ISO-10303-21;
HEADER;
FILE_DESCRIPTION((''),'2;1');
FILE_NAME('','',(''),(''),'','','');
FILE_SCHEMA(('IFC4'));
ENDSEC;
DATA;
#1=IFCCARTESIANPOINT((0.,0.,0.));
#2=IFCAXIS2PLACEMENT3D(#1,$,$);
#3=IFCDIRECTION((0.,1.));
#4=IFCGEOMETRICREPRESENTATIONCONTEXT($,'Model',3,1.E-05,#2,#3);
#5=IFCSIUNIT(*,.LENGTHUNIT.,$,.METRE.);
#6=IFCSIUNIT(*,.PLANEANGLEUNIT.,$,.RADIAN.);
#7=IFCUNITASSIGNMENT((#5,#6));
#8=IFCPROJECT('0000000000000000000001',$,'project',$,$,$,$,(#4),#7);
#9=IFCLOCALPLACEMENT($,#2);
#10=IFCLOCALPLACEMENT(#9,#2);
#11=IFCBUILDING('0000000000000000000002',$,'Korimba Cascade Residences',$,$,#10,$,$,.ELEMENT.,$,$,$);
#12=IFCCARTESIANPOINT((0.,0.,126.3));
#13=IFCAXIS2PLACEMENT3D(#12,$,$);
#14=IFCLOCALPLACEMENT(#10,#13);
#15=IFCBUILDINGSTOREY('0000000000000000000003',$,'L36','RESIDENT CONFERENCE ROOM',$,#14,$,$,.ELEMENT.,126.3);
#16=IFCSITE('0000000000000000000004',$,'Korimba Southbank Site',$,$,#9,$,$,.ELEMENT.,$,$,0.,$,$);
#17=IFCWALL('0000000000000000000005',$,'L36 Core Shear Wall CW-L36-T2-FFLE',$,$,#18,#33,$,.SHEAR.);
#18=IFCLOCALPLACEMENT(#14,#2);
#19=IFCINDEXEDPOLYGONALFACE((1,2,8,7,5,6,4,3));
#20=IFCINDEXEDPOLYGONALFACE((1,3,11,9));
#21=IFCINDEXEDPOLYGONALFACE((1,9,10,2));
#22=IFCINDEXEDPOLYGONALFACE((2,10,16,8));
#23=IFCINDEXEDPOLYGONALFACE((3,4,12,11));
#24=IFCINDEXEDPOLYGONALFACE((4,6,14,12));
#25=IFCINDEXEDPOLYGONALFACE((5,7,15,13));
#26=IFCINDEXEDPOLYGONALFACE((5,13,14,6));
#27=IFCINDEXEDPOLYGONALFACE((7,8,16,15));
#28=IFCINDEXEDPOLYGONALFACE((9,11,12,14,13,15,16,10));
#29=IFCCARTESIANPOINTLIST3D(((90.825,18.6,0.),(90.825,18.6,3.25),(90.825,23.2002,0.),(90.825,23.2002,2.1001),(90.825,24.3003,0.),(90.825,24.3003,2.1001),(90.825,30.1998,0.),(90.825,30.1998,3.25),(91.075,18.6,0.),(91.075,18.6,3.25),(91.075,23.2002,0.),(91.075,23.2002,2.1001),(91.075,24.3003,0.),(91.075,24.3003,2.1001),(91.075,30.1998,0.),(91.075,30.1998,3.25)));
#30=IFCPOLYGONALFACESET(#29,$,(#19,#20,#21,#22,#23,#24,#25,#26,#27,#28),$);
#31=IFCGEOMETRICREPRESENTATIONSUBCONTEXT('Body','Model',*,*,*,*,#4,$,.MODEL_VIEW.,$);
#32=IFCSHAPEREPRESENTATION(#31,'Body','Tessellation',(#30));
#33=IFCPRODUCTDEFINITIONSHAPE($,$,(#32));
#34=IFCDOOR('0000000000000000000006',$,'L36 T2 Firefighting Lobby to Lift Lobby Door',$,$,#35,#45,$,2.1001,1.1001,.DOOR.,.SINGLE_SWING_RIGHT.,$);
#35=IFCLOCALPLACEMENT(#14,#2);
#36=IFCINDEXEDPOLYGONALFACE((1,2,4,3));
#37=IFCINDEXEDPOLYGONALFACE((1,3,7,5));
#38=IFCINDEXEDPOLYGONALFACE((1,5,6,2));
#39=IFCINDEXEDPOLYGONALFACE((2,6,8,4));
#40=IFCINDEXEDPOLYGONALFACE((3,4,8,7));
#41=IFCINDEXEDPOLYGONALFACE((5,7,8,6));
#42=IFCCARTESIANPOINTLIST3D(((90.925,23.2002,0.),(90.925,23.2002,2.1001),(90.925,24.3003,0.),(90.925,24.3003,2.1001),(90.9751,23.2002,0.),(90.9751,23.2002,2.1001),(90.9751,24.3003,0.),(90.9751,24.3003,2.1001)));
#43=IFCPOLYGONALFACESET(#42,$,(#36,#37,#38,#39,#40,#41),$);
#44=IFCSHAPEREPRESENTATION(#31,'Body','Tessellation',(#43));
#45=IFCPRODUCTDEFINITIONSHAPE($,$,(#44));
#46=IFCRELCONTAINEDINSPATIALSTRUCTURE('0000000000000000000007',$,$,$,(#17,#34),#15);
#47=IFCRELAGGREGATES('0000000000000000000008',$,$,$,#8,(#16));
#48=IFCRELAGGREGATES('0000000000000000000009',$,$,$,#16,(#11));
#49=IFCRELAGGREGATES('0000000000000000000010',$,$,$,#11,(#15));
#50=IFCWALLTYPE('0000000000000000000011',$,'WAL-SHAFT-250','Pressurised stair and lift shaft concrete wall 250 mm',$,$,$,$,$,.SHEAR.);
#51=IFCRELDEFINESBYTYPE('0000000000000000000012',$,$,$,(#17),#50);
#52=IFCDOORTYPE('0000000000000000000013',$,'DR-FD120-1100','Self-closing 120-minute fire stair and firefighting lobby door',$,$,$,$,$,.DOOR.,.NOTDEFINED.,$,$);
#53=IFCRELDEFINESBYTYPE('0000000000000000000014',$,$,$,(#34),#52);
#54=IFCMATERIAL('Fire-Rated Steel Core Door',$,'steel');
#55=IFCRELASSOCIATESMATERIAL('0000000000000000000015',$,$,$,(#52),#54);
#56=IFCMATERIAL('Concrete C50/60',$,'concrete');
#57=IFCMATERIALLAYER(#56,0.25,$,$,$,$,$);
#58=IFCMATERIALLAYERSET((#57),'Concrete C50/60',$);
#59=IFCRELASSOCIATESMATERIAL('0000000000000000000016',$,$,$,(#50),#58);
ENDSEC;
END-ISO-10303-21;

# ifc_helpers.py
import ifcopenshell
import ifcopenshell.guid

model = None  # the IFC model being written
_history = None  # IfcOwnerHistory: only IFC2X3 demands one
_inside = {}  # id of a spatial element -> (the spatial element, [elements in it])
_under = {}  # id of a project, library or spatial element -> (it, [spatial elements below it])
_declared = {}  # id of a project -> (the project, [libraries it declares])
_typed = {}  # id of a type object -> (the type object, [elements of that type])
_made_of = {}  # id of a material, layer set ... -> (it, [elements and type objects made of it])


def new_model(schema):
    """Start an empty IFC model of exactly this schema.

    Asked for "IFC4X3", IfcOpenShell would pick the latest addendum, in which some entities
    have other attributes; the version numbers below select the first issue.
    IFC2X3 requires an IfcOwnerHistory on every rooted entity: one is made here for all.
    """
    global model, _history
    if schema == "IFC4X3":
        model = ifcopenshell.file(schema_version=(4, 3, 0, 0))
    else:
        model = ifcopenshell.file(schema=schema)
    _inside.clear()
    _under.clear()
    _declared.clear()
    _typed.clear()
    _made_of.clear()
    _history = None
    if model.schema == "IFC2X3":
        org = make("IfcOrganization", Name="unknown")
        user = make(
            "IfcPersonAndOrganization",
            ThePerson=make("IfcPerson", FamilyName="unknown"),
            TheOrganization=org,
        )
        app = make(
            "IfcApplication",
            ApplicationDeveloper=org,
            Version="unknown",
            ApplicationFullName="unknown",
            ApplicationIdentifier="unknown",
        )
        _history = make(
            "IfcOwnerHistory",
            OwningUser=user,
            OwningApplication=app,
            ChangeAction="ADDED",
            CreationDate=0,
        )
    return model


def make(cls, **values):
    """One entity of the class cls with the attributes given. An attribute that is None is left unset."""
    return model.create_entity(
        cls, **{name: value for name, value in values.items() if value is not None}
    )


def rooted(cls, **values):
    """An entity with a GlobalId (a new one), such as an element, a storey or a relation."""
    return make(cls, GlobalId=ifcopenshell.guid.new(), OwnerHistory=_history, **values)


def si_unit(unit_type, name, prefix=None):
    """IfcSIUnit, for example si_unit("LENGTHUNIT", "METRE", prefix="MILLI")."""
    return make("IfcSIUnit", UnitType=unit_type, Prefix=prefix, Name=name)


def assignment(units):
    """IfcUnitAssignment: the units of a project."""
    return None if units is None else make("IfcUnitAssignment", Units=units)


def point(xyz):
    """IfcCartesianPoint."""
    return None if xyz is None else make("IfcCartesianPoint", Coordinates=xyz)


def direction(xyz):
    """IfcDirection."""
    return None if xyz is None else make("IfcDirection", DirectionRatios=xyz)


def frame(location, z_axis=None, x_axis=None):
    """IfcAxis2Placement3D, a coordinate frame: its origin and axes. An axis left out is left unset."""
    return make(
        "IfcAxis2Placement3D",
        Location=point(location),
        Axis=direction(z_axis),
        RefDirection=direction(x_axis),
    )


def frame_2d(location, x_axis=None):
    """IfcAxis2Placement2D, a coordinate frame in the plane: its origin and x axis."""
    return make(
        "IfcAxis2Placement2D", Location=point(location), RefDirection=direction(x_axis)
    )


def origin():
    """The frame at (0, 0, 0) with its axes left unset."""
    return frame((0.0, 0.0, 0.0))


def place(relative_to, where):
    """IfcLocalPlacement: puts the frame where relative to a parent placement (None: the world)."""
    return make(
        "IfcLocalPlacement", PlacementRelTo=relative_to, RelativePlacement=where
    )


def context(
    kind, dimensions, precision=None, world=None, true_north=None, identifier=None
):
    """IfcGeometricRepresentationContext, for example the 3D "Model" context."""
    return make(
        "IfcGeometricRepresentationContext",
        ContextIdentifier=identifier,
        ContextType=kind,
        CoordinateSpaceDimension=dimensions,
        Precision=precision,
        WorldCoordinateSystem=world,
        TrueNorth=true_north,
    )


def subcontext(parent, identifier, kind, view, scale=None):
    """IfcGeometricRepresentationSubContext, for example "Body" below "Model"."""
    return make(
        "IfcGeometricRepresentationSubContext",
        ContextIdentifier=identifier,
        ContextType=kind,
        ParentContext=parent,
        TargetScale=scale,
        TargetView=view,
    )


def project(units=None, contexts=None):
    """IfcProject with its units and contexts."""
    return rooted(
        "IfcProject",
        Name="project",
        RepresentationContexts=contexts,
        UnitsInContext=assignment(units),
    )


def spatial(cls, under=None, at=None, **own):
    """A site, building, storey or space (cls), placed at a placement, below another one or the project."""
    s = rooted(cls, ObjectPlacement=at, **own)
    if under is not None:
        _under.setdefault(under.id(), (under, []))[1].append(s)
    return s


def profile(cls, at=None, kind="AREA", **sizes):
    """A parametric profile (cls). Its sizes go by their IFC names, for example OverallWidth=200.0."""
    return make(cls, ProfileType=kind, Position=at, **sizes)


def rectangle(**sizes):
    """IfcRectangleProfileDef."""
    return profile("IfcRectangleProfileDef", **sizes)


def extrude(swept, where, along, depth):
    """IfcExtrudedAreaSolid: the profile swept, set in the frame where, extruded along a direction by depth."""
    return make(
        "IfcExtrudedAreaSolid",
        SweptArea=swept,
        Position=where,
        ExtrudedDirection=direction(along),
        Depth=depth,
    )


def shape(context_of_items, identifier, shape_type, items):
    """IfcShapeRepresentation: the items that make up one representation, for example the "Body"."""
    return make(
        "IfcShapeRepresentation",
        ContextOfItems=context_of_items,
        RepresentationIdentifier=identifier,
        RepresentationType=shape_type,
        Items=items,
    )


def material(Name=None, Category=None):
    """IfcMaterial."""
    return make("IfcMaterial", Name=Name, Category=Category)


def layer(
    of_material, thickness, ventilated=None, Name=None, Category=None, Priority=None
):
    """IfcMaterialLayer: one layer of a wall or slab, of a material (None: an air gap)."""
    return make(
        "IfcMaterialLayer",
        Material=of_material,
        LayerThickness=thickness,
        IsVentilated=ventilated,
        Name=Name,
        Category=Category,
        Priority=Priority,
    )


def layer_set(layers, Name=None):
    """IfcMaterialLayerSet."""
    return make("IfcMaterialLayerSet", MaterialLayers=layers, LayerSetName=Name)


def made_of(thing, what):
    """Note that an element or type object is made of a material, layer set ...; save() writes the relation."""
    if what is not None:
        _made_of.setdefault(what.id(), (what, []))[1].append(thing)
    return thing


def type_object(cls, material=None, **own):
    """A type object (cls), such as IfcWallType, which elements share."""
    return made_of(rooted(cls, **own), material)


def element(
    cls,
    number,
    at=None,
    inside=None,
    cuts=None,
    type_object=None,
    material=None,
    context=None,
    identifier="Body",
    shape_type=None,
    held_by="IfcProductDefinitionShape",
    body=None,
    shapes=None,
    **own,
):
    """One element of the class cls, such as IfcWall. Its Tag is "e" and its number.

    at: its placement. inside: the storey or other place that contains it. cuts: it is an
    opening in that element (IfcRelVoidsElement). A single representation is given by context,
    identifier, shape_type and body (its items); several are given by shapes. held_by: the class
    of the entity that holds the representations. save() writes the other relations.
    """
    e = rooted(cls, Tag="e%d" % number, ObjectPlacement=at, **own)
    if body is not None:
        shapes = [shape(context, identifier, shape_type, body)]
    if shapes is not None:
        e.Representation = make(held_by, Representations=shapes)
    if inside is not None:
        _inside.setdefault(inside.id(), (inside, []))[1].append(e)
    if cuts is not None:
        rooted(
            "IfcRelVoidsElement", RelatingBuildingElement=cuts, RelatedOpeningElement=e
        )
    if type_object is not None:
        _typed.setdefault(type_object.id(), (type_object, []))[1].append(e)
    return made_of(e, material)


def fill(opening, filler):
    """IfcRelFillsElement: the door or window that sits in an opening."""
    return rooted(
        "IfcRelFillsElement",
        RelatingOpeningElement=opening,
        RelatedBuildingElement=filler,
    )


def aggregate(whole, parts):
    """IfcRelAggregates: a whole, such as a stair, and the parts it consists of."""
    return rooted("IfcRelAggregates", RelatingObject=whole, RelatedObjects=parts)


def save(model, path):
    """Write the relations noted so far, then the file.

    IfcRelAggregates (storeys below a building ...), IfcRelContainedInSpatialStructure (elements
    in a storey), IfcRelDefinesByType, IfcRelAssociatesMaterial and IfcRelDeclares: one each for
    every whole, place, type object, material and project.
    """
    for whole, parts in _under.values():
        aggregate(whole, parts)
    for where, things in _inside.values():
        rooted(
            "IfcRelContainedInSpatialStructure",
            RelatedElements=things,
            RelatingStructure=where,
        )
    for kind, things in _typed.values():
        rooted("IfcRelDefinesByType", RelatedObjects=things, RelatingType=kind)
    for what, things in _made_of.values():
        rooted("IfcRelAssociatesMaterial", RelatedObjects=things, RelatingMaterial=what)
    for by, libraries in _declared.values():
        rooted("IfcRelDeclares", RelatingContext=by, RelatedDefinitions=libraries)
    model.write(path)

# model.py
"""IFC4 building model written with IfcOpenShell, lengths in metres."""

from ifc_helpers import new_model, si_unit, direction, frame, frame_2d, origin, place, context, subcontext, project, spatial, rectangle, extrude, material, layer, layer_set, type_object, element, fill, save


model = new_model("IFC4")

# Units and contexts
model_context = context("Model", 3, precision=1e-05, world=origin(), true_north=direction((0.0, 1.0)))
body_context = subcontext(model_context, "Body", "Model", "MODEL_VIEW")
ifc_project = project(units=[si_unit("LENGTHUNIT", "METRE"), si_unit("PLANEANGLEUNIT", "RADIAN")], contexts=[model_context])

# Site, building, storey
site_placement = place(None, origin())
site = spatial("IfcSite", under=ifc_project, at=site_placement, Name="Korimba Southbank Site", CompositionType="ELEMENT", RefElevation=0.0)
building_placement = place(site_placement, origin())
building = spatial("IfcBuilding", under=site, at=building_placement, Name="Korimba Cascade Residences", CompositionType="ELEMENT")
storey_placement = place(building_placement, frame((0.0, 0.0, 126.3)))
storey = spatial("IfcBuildingStorey", under=building, at=storey_placement, Name="L36", Description="RESIDENT CONFERENCE ROOM", CompositionType="ELEMENT", Elevation=126.3)

# Shared definitions
ifc_material_1 = material(Name="Fire-Rated Steel Core Door", Category="steel")
door_type_1 = type_object("IfcDoorType", Name="DR-FD120-1100", Description="Self-closing 120-minute fire stair and firefighting lobby door", OperationType="NOTDEFINED", PredefinedType="DOOR", material=ifc_material_1)

# Shared definitions
ifc_material_2 = material(Name="Concrete C50/60", Category="concrete")
ifc_layer_1 = layer(ifc_material_2, 0.25)
ifc_layer_set_1 = layer_set([ifc_layer_1], Name="Concrete C50/60")
wall_type_1 = type_object("IfcWallType", Name="WAL-SHAFT-250", Description="Pressurised stair and lift shaft concrete wall 250 mm", PredefinedType="SHEAR", material=ifc_layer_set_1)

# Wall, opening, door
wall_1_placement = place(storey_placement, frame((90.95, 18.6001, 0.0), z_axis=(0.0, 0.0, 1.0), x_axis=(0.0, 1.0, 0.0)))
wall_1 = element("IfcWall", 1, at=wall_1_placement, inside=storey, type_object=wall_type_1, Name="L36 Core Shear Wall CW-L36-T2-FFLE", PredefinedType="SHEAR", context=body_context, shape_type="SweptSolid", body=[
    extrude(rectangle(XDim=11.5999, YDim=0.25, at=frame_2d((5.7998, 0.0))), origin(), (0.0, 0.0, 1.0), 3.25),
])
opening_1_placement = place(wall_1_placement, frame((4.6001, 0.0, 0.0)))
opening_1 = element("IfcOpeningElement", 2, at=opening_1_placement, cuts=wall_1, PredefinedType="OPENING", context=body_context, shape_type="SweptSolid", body=[
    extrude(rectangle(XDim=1.1001, YDim=2.1001, at=frame_2d((0.55, 1.05))), frame((0.0, 0.135, 0.0), z_axis=(0.0, -1.0, 0.0), x_axis=(1.0, 0.0, 0.0)), (0.0, 0.0, 1.0), 0.27),
])
door_1_placement = place(opening_1_placement, origin())
door_1 = element("IfcDoor", 3, at=door_1_placement, inside=storey, type_object=door_type_1, Name="L36 T2 Firefighting Lobby to Lift Lobby Door", OperationType="SINGLE_SWING_RIGHT", OverallHeight=2.1001, OverallWidth=1.1001, PredefinedType="DOOR", context=body_context, shape_type="SweptSolid", body=[
    extrude(rectangle(XDim=1.1001, YDim=2.1001, at=frame_2d((0.55, 1.05))), frame((0.0, 0.0249, 0.0), z_axis=(0.0, -1.0, 0.0), x_axis=(1.0, 0.0, 0.0)), (0.0, 0.0, 1.0), 0.05),
])
fill(opening_1, door_1)

save(model, "model.ifc")
